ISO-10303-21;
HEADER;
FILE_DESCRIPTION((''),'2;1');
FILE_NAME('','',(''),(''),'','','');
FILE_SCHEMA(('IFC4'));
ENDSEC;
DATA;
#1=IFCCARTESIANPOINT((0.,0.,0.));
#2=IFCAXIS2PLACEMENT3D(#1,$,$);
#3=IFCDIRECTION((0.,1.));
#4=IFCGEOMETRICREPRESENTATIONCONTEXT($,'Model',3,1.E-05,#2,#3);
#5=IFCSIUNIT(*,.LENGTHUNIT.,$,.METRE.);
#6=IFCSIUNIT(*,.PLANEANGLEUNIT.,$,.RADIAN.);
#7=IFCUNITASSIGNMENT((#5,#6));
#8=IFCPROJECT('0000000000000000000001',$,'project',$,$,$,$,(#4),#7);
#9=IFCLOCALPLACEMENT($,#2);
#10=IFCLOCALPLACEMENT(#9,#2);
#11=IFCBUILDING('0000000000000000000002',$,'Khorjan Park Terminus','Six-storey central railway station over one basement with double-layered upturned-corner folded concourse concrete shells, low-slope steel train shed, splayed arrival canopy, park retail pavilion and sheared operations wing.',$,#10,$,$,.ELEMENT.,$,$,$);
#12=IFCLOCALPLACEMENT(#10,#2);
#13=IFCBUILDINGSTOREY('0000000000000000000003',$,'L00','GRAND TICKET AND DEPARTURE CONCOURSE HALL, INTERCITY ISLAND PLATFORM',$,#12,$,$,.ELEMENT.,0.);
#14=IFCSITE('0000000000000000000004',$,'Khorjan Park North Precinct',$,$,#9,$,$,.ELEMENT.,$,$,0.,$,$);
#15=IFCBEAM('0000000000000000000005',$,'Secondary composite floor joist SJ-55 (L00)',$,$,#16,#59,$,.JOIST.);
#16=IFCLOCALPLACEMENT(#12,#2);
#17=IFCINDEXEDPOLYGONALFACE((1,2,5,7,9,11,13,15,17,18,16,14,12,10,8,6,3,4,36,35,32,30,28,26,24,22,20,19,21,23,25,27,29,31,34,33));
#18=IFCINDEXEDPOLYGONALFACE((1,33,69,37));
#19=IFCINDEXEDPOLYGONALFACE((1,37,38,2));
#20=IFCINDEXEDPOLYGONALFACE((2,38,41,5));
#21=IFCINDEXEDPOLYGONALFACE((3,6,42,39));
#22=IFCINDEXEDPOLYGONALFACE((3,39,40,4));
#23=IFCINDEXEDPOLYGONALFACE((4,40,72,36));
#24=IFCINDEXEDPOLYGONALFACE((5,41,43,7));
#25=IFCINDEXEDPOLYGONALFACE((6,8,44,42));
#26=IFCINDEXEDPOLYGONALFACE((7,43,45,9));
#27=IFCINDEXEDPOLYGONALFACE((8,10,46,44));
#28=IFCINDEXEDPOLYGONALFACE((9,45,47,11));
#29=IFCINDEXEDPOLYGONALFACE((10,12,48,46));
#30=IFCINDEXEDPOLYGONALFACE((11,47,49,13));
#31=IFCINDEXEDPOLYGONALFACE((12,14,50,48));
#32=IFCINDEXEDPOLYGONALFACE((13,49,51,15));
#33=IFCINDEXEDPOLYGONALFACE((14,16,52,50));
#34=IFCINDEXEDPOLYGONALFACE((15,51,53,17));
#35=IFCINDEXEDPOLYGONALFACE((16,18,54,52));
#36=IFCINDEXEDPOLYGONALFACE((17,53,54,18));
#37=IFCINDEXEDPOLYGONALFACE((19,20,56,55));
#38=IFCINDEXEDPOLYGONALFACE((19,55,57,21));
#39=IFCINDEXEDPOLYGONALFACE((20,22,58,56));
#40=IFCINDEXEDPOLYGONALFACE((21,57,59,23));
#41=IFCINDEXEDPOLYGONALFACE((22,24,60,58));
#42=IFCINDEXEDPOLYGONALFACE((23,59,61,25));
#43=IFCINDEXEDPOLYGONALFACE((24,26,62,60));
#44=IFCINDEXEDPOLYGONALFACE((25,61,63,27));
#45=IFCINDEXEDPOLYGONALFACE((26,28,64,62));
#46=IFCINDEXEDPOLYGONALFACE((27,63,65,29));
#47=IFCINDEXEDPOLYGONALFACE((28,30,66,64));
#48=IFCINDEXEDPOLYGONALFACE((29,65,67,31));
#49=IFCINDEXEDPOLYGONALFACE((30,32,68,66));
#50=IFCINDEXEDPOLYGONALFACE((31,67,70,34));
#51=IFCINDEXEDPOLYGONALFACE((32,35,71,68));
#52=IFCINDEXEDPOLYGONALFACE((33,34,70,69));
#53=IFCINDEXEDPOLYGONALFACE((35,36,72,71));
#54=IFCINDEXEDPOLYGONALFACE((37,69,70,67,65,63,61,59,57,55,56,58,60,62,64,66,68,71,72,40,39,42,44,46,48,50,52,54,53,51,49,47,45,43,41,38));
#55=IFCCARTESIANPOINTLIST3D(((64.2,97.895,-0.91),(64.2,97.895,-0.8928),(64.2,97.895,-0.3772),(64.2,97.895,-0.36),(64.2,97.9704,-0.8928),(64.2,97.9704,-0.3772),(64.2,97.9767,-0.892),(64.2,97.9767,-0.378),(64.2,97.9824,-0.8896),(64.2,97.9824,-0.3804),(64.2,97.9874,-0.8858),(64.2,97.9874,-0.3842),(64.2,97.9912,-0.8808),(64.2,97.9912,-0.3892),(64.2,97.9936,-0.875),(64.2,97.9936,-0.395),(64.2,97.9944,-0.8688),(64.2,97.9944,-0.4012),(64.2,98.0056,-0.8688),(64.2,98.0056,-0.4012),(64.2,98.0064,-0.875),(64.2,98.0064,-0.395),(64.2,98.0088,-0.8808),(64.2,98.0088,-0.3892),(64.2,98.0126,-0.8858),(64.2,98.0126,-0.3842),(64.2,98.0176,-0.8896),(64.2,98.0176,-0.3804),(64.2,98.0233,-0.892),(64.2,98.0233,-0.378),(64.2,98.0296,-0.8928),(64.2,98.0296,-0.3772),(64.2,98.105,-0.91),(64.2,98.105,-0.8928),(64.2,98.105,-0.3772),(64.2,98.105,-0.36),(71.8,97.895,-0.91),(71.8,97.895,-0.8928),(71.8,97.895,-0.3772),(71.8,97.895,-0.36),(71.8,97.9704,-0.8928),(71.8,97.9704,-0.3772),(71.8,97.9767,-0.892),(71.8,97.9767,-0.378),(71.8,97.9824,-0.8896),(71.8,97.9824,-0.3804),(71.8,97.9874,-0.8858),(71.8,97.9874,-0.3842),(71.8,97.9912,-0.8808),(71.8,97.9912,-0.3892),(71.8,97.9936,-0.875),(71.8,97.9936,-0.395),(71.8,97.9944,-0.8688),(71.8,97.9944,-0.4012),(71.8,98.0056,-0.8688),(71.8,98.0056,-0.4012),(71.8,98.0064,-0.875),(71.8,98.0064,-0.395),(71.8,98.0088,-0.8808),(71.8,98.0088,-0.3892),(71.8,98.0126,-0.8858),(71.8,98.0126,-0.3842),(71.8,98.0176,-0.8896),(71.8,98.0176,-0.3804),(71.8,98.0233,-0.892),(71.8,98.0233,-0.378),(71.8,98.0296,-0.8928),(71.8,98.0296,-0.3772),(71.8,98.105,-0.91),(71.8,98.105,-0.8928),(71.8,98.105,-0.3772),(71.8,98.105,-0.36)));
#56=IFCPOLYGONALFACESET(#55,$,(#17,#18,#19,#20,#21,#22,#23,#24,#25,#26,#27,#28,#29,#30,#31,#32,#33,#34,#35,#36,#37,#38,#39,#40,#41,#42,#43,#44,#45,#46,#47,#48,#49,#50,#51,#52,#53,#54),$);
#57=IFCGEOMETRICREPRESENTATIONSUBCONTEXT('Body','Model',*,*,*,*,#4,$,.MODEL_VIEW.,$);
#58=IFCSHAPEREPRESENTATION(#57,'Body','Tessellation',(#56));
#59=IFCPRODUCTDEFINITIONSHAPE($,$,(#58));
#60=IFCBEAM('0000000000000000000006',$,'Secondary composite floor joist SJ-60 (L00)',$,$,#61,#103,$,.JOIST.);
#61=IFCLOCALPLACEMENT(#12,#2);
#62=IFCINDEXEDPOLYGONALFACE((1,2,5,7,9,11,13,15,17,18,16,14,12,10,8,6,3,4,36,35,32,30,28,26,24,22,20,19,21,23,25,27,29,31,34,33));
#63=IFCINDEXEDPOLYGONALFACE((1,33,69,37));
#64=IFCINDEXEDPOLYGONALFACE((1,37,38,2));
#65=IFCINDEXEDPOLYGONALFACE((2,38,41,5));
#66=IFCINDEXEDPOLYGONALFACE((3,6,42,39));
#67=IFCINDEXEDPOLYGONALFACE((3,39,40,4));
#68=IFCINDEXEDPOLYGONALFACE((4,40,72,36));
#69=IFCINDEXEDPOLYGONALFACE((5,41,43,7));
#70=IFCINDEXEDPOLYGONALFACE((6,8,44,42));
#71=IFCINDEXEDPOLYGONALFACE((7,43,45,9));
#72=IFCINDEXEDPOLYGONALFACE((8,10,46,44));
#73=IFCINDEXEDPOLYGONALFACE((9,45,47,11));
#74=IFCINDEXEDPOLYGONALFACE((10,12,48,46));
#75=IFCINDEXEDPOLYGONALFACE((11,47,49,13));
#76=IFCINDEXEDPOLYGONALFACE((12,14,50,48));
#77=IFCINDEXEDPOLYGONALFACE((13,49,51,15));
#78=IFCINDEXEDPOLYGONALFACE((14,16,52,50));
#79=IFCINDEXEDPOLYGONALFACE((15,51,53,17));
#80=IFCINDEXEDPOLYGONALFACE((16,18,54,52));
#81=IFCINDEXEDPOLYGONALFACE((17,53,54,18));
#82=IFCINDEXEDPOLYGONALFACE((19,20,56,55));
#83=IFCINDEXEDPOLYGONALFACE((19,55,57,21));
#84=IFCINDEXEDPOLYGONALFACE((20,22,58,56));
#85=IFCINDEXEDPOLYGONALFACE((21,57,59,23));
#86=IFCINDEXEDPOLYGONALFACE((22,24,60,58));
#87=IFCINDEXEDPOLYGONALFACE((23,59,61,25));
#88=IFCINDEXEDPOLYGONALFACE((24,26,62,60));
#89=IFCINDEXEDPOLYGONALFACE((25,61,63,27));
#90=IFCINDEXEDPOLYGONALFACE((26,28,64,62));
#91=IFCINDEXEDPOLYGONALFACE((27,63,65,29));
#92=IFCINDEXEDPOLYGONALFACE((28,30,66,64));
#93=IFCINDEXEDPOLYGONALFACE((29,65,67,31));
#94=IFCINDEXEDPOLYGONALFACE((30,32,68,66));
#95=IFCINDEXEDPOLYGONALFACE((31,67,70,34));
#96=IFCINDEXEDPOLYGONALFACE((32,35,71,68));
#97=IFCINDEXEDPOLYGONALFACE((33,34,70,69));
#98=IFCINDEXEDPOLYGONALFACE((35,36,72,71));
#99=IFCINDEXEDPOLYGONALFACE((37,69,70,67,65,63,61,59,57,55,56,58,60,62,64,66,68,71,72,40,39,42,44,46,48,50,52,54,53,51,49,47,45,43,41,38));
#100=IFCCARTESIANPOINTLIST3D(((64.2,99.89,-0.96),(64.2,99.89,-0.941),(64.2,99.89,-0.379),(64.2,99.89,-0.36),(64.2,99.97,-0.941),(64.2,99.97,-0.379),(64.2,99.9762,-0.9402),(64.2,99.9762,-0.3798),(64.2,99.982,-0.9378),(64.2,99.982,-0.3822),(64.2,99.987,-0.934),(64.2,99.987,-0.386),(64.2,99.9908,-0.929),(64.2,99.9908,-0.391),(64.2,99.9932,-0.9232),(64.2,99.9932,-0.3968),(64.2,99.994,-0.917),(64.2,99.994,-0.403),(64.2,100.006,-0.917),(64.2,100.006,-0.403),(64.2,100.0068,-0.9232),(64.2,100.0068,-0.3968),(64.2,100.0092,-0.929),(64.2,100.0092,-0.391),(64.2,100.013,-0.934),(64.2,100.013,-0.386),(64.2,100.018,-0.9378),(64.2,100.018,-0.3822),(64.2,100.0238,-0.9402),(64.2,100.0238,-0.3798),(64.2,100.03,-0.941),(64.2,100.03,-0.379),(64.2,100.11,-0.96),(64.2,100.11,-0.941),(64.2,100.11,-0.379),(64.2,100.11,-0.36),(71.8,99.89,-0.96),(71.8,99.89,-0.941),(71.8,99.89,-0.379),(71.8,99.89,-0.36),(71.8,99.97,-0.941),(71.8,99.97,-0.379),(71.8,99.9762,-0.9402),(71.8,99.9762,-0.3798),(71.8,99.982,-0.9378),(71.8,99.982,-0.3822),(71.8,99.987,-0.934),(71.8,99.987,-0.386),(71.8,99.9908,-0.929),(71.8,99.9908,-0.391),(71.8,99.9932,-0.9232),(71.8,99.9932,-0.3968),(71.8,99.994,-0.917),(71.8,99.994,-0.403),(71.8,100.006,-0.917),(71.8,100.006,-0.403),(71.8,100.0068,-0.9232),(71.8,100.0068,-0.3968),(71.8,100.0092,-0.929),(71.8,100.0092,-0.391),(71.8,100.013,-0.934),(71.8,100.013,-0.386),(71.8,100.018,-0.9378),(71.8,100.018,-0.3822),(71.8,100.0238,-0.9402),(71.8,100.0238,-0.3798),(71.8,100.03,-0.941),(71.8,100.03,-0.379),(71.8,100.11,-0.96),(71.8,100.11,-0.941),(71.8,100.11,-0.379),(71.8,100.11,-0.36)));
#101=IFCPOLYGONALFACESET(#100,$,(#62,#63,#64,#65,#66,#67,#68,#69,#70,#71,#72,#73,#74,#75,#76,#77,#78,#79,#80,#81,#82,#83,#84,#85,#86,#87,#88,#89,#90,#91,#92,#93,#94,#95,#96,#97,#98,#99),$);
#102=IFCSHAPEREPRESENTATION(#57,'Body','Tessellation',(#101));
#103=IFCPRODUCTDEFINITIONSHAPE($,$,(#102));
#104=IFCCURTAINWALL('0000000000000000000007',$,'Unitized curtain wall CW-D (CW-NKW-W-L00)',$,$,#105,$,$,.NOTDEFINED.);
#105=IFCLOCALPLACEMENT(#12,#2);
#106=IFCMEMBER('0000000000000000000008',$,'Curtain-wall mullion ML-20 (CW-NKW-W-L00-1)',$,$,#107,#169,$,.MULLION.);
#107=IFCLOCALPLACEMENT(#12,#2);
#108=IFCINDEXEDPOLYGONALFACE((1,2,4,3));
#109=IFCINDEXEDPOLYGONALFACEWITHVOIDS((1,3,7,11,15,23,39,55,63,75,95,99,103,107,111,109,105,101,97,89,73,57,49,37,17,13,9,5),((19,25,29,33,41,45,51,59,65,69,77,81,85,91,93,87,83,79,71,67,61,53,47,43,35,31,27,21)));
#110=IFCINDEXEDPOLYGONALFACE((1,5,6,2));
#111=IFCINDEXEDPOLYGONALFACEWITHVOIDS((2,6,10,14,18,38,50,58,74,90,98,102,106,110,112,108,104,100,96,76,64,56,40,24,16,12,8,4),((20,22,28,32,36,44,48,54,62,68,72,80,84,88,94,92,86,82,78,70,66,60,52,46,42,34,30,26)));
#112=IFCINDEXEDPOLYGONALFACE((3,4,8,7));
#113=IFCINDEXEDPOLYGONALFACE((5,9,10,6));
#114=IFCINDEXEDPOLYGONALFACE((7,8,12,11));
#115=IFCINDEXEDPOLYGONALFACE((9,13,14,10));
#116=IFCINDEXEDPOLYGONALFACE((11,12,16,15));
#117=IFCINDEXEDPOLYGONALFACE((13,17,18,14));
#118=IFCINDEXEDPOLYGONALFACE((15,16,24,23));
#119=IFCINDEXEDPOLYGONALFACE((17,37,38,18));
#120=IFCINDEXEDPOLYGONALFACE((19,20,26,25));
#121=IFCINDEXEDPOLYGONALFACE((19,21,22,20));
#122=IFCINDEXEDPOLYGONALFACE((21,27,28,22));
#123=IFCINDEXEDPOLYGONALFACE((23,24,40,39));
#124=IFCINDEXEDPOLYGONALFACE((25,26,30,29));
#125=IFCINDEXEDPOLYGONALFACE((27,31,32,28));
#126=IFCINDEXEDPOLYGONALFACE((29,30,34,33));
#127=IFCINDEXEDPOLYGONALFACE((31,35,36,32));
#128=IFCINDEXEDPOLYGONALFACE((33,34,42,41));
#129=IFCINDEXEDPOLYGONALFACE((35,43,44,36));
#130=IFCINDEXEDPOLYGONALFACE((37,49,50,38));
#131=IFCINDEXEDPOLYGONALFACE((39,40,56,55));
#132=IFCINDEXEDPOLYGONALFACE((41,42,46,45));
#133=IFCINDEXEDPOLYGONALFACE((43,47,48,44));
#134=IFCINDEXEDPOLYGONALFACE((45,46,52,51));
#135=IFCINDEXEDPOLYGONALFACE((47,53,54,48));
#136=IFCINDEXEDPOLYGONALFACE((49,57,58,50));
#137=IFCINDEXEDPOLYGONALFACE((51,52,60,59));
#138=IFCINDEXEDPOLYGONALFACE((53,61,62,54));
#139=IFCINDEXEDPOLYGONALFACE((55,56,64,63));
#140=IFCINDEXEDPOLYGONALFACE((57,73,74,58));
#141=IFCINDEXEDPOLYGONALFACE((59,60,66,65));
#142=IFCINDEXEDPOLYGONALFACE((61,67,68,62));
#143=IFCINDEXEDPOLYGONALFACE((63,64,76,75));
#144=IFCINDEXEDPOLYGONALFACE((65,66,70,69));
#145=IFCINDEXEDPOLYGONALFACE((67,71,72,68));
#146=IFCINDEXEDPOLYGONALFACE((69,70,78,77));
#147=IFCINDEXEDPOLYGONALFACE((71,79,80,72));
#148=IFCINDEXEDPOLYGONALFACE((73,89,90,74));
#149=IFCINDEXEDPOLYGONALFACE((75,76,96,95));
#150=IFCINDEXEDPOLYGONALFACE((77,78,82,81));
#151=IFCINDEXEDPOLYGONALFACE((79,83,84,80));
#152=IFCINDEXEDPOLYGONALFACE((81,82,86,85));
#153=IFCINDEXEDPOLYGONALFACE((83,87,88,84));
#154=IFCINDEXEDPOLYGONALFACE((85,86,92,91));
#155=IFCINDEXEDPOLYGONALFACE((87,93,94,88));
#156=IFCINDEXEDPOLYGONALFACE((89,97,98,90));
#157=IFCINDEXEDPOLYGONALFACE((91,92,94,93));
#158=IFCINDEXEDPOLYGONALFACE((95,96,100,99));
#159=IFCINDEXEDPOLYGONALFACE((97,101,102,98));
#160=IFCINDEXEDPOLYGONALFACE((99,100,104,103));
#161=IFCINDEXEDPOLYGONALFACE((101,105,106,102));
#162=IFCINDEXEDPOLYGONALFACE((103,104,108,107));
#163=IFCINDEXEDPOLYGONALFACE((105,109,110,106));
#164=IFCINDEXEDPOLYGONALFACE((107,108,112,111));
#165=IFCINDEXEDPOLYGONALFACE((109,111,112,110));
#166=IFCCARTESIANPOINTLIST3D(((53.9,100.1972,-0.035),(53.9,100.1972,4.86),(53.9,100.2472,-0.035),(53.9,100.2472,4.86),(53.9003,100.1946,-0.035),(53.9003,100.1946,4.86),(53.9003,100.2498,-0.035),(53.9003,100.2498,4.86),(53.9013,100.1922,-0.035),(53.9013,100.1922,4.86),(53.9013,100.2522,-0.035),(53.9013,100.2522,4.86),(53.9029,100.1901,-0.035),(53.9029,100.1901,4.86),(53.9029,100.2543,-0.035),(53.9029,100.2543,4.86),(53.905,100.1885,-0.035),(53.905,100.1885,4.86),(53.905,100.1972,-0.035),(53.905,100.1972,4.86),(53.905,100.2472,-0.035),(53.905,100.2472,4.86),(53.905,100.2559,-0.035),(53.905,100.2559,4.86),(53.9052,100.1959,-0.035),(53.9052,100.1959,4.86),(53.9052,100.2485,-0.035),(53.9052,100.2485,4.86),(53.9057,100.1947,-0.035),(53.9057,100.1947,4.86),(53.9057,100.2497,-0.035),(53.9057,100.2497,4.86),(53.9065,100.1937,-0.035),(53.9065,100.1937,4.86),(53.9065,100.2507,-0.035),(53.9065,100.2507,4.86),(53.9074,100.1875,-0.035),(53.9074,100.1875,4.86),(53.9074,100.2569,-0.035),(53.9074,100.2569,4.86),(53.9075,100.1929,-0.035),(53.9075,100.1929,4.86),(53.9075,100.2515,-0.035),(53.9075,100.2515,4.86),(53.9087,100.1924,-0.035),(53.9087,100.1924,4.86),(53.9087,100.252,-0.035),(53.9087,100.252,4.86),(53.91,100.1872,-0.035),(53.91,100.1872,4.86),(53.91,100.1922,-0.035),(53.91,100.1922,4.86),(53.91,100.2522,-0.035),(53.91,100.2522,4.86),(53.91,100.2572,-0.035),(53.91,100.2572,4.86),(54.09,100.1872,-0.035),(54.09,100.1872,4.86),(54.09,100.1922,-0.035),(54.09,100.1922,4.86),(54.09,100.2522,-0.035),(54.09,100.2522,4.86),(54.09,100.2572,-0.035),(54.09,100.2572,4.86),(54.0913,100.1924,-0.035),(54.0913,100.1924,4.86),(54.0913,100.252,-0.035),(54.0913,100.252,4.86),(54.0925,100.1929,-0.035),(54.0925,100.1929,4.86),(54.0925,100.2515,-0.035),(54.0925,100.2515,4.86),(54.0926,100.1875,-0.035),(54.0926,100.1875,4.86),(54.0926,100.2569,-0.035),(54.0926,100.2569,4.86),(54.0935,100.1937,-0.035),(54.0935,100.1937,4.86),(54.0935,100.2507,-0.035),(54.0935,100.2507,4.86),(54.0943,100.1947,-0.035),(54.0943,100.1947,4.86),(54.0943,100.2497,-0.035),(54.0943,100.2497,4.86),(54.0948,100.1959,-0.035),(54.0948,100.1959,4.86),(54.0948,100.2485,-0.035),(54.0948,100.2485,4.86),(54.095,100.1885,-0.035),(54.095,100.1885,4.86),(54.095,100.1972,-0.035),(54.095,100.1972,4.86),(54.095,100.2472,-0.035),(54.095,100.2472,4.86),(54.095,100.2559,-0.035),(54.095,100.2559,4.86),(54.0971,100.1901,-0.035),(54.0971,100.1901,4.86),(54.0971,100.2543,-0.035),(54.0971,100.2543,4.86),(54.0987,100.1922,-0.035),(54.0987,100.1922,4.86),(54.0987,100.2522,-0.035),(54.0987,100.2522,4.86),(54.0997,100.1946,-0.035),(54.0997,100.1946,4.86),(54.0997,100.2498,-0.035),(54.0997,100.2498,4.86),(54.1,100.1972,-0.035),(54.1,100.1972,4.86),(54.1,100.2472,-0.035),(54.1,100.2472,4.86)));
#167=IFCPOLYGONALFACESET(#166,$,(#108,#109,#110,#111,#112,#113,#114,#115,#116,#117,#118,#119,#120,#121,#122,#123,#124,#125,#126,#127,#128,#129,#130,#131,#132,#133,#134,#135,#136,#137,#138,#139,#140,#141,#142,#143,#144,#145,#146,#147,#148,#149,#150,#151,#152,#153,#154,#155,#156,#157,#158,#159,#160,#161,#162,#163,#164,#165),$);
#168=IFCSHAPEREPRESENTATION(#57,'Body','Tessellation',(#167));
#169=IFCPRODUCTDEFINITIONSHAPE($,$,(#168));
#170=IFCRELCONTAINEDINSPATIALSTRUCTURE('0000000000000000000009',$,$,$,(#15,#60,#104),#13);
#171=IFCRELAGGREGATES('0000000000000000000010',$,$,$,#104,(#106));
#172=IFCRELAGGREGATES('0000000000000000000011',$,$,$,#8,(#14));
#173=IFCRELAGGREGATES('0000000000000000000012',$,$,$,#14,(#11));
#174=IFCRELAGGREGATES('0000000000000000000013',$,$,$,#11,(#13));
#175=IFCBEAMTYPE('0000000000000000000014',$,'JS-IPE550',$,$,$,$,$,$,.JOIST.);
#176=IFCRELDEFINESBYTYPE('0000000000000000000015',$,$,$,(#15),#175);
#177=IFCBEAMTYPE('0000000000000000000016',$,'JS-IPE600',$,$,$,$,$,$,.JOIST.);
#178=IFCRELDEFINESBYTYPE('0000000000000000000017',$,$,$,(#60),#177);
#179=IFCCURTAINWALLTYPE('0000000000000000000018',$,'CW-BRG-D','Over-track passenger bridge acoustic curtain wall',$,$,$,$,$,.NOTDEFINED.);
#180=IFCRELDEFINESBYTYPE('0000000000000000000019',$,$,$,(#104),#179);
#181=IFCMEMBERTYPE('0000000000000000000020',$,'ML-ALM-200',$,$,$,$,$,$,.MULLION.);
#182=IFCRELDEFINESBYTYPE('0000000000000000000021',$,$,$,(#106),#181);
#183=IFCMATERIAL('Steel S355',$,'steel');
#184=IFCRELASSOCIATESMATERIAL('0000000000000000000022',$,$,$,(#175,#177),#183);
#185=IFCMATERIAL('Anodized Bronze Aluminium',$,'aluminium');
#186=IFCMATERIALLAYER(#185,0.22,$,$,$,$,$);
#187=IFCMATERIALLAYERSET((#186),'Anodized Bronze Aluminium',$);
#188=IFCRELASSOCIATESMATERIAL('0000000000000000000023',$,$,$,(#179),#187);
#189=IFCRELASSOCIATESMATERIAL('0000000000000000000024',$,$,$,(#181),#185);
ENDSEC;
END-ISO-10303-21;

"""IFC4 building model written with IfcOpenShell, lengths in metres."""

from ifc_helpers import new_model, si_unit, direction, frame, origin, origin_2d, place, context, subcontext, project, spatial, hollow_rectangle, i_section, extrude, material, layer, layer_set, material_profile, profile_set, type_object, element, aggregate, save


model = new_model("IFC4")

# Units and contexts
model_context = context("Model", 3, precision=1e-05, world=origin(), true_north=direction((0.0, 1.0)))
body_context = subcontext(model_context, "Body", "Model", "MODEL_VIEW")
ifc_project = project(units=[si_unit("LENGTHUNIT", "METRE"), si_unit("PLANEANGLEUNIT", "RADIAN")], contexts=[model_context])

# Site, building, storey
site_placement = place(None, origin())
site = spatial("IfcSite", under=ifc_project, at=site_placement, Name="Khorjan Park North Precinct", CompositionType="ELEMENT", RefElevation=0.0)
building_placement = place(site_placement, origin())
building = spatial("IfcBuilding", under=site, at=building_placement, Name="Khorjan Park Terminus", Description="Six-storey central railway station over one basement with double-layered upturned-corner folded concourse concrete shells, low-slope steel train shed, splayed arrival canopy, park retail pavilion and sheared operations wing.", CompositionType="ELEMENT")
storey_placement = place(building_placement, origin())
storey = spatial("IfcBuildingStorey", under=building, at=storey_placement, Name="L00", Description="GRAND TICKET AND DEPARTURE CONCOURSE HALL, INTERCITY ISLAND PLATFORM", CompositionType="ELEMENT", Elevation=0.0)

# Beams
ifc_material_1 = material(Name="Steel S355", Category="steel")
ifc_material_profile_1 = material_profile(ifc_material_1, i_section(OverallWidth=0.21, OverallDepth=0.55, WebThickness=0.0111, FlangeThickness=0.0172, FilletRadius=0.024, at=origin_2d()), Name="IPE 550")
ifc_profile_set_1 = profile_set([ifc_material_profile_1], Name="Steel S355")
beam_type_1 = type_object("IfcBeamType", Name="JS-IPE550", PredefinedType="JOIST", material=ifc_profile_set_1)
beam_1_placement = place(storey_placement, frame((64.2, 98.0, -0.635), z_axis=(1.0, 0.0, 0.0), x_axis=(0.0, 1.0, 0.0)))
element("IfcBeam", 1, at=beam_1_placement, inside=storey, type_object=beam_type_1, Name="Secondary composite floor joist SJ-55 (L00)", PredefinedType="JOIST", context=body_context, shape_type="SweptSolid", body=[
    extrude(i_section(OverallWidth=0.21, OverallDepth=0.55, WebThickness=0.0111, FlangeThickness=0.0172, FilletRadius=0.024, at=origin_2d()), origin(), (0.0, 0.0, 1.0), 7.6),
])
ifc_material_profile_2 = material_profile(ifc_material_1, i_section(OverallWidth=0.22, OverallDepth=0.6, WebThickness=0.012, FlangeThickness=0.019, FilletRadius=0.024, at=origin_2d()), Name="IPE 600")
ifc_profile_set_2 = profile_set([ifc_material_profile_2], Name="Steel S355")
beam_type_2 = type_object("IfcBeamType", Name="JS-IPE600", PredefinedType="JOIST", material=ifc_profile_set_2)
beam_2_placement = place(storey_placement, frame((64.2, 100.0, -0.66), z_axis=(1.0, 0.0, 0.0), x_axis=(0.0, 1.0, 0.0)))
element("IfcBeam", 2, at=beam_2_placement, inside=storey, type_object=beam_type_2, Name="Secondary composite floor joist SJ-60 (L00)", PredefinedType="JOIST", context=body_context, shape_type="SweptSolid", body=[
    extrude(i_section(OverallWidth=0.22, OverallDepth=0.6, WebThickness=0.012, FlangeThickness=0.019, FilletRadius=0.024, at=origin_2d()), origin(), (0.0, 0.0, 1.0), 7.6),
])

# Curtain wall, member
ifc_material_2 = material(Name="Anodized Bronze Aluminium", Category="aluminium")
ifc_layer_1 = layer(ifc_material_2, 0.22)
ifc_layer_set_1 = layer_set([ifc_layer_1], Name="Anodized Bronze Aluminium")
curtain_wall_type = type_object("IfcCurtainWallType", Name="CW-BRG-D", Description="Over-track passenger bridge acoustic curtain wall", PredefinedType="NOTDEFINED", material=ifc_layer_set_1)
curtain_wall_placement = place(storey_placement, origin())
curtain_wall = element("IfcCurtainWall", 3, at=curtain_wall_placement, inside=storey, type_object=curtain_wall_type, Name="Unitized curtain wall CW-D (CW-NKW-W-L00)", PredefinedType="NOTDEFINED")
ifc_material_profile_3 = material_profile(ifc_material_2, hollow_rectangle(XDim=0.07, YDim=0.2, WallThickness=0.005, InnerFilletRadius=0.005, OuterFilletRadius=0.01, at=origin_2d()), Name="ALM 70x200x5")
ifc_profile_set_3 = profile_set([ifc_material_profile_3], Name="Anodized Bronze Aluminium")
member_type_1 = type_object("IfcMemberType", Name="ML-ALM-200", PredefinedType="MULLION", material=ifc_profile_set_3)
member_1_placement = place(storey_placement, frame((54.0, 100.2222, -0.035), z_axis=(0.0, 0.0, 1.0), x_axis=(0.0, -1.0, 0.0)))
member_1 = element("IfcMember", 4, at=member_1_placement, type_object=member_type_1, Name="Curtain-wall mullion ML-20 (CW-NKW-W-L00-1)", PredefinedType="MULLION", context=body_context, shape_type="SweptSolid", body=[
    extrude(hollow_rectangle(XDim=0.07, YDim=0.2, WallThickness=0.005, InnerFilletRadius=0.005, OuterFilletRadius=0.01, at=origin_2d()), origin(), (0.0, 0.0, 1.0), 4.895),
])
aggregate(curtain_wall, [member_1])

save(model, "model.ifc")
